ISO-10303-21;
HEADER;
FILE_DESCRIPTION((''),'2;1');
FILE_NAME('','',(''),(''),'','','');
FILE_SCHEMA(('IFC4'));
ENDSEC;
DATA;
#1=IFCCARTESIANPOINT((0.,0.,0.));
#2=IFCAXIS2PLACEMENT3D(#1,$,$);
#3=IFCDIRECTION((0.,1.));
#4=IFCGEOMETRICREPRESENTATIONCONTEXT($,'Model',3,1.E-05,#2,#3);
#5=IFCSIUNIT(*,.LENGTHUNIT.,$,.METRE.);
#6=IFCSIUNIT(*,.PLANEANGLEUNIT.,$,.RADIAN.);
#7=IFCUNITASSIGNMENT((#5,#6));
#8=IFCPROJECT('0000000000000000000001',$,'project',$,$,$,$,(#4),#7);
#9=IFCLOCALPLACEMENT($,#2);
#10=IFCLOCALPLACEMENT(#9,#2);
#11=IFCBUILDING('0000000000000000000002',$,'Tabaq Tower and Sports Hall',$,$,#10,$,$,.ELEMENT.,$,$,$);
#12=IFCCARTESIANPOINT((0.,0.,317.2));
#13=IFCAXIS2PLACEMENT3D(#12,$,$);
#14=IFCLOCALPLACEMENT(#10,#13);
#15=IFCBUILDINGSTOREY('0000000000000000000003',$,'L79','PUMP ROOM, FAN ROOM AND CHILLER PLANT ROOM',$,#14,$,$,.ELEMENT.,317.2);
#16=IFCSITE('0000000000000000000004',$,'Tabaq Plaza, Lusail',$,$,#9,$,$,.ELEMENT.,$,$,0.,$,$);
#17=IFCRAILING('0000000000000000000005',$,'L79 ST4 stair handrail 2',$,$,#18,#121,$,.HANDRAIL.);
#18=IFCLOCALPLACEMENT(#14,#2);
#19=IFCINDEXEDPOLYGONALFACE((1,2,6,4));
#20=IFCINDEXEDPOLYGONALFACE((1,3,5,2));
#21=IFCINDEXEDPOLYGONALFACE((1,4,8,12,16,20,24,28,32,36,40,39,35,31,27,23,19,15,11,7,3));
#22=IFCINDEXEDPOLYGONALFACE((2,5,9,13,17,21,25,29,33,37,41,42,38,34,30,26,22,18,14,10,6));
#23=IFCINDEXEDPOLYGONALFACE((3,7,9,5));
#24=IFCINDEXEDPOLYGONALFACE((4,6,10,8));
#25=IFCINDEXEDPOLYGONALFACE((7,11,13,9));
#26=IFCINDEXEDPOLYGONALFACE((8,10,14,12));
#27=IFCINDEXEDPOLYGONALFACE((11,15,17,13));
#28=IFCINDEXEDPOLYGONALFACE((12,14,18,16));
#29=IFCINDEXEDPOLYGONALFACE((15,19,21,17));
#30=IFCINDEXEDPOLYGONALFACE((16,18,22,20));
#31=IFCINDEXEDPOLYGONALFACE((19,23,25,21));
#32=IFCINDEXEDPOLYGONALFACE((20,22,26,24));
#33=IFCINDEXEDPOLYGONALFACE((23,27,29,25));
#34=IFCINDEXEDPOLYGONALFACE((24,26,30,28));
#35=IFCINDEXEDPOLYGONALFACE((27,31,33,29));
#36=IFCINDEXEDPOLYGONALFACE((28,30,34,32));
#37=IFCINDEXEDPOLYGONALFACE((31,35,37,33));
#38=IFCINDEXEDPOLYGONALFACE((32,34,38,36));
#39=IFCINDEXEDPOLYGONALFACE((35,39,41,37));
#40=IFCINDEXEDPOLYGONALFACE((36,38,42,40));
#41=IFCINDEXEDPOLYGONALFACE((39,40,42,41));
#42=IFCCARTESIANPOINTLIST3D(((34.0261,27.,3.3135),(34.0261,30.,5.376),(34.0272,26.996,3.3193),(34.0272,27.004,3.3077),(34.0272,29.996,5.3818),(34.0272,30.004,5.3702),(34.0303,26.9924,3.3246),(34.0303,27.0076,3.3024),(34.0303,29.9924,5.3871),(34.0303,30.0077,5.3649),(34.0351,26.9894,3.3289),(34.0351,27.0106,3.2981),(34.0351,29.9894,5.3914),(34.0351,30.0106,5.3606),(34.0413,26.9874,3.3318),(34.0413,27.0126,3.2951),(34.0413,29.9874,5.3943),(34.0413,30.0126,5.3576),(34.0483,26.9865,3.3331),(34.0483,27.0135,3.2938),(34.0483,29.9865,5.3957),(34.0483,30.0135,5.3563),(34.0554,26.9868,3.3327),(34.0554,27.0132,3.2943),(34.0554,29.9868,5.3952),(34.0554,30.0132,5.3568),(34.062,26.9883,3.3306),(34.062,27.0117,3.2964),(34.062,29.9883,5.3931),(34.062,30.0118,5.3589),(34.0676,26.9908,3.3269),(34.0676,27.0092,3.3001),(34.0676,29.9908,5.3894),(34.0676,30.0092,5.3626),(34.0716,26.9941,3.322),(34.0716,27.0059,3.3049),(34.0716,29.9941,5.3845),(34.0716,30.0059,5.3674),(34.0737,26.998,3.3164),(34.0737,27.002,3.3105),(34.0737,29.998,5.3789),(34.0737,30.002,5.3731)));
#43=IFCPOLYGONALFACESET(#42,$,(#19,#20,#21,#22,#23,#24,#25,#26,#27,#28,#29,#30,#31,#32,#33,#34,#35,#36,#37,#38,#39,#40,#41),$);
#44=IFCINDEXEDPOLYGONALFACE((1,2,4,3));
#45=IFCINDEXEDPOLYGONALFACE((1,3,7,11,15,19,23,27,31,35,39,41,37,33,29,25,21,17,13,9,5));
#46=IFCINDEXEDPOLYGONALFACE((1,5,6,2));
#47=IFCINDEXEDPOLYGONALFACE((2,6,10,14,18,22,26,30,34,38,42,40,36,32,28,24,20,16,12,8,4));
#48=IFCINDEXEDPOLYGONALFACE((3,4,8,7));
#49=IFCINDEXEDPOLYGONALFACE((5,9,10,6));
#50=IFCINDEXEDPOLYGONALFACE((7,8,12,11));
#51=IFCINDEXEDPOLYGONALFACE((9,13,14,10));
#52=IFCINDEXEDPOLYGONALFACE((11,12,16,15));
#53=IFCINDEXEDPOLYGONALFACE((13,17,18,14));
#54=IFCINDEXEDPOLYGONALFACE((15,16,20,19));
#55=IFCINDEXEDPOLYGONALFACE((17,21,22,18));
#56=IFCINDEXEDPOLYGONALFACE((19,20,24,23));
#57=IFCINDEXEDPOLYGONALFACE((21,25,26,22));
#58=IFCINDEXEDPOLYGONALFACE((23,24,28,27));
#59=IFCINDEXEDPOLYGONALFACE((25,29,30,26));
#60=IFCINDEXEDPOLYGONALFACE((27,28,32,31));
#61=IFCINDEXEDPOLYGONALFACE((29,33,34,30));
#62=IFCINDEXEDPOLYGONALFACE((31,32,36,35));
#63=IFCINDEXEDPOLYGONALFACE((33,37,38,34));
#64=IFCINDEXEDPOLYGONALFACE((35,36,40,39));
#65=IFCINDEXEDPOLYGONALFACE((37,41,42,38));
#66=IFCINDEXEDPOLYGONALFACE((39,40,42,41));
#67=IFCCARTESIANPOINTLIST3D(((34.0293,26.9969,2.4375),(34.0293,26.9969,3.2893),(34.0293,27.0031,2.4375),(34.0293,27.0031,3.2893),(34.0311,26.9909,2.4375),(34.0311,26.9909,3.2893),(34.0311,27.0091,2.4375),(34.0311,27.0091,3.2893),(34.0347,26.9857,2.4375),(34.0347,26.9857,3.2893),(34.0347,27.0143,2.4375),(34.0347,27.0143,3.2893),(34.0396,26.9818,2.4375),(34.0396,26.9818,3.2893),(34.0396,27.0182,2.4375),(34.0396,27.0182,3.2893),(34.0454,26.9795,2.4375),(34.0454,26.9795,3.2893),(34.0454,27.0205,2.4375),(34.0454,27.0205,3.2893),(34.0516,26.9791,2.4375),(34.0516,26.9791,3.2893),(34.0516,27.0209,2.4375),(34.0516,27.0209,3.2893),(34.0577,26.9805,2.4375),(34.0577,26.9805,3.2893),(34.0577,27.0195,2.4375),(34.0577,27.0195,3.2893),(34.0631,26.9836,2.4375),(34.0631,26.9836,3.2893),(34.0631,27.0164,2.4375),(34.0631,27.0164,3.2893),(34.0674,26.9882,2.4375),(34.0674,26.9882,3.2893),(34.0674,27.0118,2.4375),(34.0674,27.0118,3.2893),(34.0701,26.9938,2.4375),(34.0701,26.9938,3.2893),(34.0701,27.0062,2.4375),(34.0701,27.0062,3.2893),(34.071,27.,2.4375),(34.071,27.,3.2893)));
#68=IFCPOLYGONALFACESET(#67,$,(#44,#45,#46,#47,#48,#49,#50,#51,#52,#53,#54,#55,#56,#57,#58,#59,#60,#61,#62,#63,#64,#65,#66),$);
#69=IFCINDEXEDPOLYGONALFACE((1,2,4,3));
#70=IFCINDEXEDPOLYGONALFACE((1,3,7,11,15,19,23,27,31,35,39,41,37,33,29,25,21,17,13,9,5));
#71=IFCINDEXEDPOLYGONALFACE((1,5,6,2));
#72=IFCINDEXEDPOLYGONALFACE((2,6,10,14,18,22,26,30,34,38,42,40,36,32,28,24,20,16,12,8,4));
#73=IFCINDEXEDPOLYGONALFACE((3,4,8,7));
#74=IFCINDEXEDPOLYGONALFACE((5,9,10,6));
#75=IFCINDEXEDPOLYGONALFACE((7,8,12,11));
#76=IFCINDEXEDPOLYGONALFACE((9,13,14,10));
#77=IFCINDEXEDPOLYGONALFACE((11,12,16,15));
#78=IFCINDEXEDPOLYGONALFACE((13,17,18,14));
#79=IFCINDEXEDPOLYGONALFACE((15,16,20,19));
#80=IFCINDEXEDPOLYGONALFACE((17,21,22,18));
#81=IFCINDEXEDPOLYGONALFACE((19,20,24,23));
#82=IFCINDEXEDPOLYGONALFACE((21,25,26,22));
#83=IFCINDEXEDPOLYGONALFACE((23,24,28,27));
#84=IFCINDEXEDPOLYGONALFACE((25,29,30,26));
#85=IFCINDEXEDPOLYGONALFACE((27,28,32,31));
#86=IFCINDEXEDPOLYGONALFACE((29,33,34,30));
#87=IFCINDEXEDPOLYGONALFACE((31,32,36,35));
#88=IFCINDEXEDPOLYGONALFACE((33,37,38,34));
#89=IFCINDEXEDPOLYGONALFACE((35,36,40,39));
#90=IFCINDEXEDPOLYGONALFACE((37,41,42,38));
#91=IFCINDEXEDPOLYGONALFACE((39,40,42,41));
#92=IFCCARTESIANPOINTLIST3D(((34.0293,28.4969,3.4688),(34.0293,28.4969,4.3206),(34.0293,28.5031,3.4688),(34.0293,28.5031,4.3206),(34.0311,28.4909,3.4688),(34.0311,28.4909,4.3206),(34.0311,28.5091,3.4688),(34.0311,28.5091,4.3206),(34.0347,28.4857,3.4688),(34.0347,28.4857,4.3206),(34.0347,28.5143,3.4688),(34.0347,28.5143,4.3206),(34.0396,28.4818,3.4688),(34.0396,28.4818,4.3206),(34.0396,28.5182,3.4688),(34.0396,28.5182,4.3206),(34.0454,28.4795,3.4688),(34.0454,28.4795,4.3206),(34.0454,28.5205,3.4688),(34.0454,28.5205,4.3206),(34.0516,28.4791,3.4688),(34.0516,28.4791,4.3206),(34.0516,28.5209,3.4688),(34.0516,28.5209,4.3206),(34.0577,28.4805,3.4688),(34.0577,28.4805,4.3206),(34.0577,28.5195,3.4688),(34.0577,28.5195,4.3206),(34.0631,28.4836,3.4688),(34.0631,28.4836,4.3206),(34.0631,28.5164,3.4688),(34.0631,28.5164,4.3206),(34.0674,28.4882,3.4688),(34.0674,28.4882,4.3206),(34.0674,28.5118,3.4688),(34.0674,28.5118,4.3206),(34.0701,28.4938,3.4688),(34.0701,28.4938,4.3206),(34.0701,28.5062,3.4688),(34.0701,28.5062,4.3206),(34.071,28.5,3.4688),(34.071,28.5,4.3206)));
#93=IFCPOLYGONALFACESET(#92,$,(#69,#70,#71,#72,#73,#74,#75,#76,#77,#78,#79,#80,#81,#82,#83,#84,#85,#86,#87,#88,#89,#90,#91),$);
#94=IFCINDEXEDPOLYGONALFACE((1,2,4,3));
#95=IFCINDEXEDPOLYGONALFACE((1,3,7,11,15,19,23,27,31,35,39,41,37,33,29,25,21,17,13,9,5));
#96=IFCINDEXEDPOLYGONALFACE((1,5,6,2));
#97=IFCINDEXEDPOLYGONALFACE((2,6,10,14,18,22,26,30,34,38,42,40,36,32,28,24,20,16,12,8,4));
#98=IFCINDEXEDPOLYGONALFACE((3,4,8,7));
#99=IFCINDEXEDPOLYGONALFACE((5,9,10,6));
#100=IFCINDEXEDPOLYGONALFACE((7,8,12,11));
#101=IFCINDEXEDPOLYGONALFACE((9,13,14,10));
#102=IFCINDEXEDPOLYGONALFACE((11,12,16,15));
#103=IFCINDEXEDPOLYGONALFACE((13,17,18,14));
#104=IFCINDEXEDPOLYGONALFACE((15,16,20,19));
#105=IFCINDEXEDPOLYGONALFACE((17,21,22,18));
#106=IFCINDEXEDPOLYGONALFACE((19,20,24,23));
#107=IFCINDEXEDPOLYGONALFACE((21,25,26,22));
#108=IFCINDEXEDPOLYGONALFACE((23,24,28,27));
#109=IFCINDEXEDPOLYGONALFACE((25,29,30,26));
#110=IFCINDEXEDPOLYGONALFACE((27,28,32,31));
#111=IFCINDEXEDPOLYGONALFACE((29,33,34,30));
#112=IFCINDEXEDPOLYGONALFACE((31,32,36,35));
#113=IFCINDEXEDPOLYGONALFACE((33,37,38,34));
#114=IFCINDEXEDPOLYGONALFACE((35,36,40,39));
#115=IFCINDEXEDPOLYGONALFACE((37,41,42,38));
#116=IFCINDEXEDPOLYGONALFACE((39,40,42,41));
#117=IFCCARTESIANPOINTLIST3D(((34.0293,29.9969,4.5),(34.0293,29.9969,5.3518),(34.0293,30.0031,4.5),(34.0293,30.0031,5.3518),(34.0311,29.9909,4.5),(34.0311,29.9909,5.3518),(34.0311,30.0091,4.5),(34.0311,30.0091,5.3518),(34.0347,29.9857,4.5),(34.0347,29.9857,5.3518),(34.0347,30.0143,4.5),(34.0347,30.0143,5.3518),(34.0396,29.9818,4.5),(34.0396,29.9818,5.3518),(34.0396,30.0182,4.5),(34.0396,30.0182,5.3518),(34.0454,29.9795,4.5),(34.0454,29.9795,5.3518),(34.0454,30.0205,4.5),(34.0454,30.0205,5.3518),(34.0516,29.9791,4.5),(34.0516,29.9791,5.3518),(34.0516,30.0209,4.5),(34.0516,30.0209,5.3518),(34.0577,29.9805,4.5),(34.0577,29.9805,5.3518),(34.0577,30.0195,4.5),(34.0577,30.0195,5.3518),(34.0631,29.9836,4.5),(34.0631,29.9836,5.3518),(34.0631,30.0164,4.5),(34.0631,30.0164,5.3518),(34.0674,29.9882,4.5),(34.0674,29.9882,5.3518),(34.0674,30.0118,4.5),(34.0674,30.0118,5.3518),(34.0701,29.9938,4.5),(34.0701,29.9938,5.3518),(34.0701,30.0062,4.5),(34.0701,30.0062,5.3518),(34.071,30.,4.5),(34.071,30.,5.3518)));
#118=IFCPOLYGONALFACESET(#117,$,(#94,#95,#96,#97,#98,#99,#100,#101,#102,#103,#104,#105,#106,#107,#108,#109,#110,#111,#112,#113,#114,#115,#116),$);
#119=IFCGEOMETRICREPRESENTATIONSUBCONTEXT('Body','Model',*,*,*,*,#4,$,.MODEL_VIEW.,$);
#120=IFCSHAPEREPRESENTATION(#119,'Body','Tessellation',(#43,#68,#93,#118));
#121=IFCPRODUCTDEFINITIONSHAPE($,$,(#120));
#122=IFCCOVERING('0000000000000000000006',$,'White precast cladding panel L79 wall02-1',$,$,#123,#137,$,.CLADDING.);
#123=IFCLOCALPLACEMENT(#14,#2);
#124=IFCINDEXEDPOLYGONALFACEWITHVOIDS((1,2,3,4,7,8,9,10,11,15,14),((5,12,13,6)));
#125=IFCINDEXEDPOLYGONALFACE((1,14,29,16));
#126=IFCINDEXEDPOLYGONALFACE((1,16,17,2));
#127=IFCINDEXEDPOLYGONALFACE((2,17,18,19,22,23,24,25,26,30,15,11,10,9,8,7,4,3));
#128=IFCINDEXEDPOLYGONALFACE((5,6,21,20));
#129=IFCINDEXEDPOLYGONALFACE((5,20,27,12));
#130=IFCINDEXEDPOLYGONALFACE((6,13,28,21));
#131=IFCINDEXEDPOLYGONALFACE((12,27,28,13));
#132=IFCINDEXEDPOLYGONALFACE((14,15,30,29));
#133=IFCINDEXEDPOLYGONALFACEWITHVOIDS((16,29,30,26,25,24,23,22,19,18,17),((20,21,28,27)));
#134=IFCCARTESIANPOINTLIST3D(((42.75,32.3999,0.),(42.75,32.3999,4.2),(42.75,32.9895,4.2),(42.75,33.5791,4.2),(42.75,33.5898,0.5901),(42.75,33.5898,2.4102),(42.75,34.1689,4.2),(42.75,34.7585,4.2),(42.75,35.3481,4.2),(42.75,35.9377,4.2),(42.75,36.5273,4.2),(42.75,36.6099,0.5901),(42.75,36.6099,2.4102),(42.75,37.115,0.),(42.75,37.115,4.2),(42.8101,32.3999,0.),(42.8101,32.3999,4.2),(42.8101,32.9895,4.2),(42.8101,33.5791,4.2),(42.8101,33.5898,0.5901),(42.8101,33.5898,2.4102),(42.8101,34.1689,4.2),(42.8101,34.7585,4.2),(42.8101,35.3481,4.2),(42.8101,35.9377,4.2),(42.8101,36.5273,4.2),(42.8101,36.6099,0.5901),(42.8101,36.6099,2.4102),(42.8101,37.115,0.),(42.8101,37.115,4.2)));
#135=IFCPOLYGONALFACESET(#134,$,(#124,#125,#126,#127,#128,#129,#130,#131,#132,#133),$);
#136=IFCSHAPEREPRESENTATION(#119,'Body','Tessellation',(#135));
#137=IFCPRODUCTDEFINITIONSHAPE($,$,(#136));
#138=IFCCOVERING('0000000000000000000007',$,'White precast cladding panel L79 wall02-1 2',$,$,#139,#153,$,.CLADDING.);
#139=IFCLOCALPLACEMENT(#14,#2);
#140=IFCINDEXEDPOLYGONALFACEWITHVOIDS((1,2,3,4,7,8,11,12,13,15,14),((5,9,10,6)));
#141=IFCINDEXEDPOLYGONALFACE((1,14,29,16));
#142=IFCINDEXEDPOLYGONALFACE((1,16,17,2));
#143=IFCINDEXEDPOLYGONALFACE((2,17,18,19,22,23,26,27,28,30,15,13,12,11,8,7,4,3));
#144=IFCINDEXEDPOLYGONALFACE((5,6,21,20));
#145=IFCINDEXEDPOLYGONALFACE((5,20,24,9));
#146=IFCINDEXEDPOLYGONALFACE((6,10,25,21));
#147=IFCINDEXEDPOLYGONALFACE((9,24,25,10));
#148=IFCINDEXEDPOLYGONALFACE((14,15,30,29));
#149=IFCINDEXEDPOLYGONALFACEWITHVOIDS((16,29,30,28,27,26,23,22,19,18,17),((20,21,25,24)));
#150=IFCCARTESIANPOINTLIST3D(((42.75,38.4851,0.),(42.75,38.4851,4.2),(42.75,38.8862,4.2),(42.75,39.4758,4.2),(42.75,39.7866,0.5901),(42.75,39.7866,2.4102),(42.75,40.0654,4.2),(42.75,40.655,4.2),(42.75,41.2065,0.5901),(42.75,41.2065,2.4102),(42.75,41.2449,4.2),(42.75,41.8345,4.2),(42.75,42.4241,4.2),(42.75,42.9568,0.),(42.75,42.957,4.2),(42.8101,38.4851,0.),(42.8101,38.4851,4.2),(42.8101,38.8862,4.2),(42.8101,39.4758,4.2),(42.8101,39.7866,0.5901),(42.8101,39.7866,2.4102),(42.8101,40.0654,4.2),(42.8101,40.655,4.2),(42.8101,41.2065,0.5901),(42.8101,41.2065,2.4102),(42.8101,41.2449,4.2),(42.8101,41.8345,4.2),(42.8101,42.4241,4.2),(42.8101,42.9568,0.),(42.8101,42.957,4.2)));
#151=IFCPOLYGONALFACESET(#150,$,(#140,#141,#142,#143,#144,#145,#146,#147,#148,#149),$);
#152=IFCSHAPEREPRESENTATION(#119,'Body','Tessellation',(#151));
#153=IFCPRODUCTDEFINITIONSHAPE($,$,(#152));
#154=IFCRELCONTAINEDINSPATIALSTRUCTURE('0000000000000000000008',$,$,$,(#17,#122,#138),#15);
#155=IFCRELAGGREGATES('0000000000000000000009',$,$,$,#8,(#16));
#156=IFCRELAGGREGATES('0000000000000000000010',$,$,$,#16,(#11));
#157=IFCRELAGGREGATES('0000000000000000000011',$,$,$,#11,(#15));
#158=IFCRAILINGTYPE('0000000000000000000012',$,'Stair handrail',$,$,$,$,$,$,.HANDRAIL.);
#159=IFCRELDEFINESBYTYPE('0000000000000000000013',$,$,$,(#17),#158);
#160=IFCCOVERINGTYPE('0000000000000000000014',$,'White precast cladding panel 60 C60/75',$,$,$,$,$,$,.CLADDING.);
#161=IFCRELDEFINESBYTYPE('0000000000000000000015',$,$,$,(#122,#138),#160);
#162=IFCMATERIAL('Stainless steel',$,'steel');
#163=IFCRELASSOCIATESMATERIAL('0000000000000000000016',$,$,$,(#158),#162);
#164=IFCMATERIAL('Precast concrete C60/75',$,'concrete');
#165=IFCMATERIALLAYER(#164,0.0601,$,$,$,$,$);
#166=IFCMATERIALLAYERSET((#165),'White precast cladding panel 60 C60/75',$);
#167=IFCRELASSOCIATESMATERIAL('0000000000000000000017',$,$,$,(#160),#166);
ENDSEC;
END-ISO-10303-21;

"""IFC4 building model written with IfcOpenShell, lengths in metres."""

from ifc_helpers import new_model, si_unit, direction, frame, origin, origin_2d, place, context, subcontext, project, spatial, polyline, circle, outline, extrude, material, layer, layer_set, type_object, element, save


model = new_model("IFC4")

# Units and contexts
model_context = context("Model", 3, precision=1e-05, world=origin(), true_north=direction((0.0, 1.0)))
body_context = subcontext(model_context, "Body", "Model", "MODEL_VIEW")
ifc_project = project(units=[si_unit("LENGTHUNIT", "METRE"), si_unit("PLANEANGLEUNIT", "RADIAN")], contexts=[model_context])

# Site, building, storey
site_placement = place(None, origin())
site = spatial("IfcSite", under=ifc_project, at=site_placement, Name="Tabaq Plaza, Lusail", CompositionType="ELEMENT", RefElevation=0.0)
building_placement = place(site_placement, origin())
building = spatial("IfcBuilding", under=site, at=building_placement, Name="Tabaq Tower and Sports Hall", CompositionType="ELEMENT")
storey_placement = place(building_placement, frame((0.0, 0.0, 317.2)))
storey = spatial("IfcBuildingStorey", under=building, at=storey_placement, Name="L79", Description="PUMP ROOM, FAN ROOM AND CHILLER PLANT ROOM", CompositionType="ELEMENT", Elevation=317.2)

# Railing
ifc_material_1 = material(Name="Stainless steel", Category="steel")
railing_type_1 = type_object("IfcRailingType", Name="Stair handrail", PredefinedType="HANDRAIL", material=ifc_material_1)
railing_1_placement = place(storey_placement, frame((34.05, 27.0, 2.4375)))
element("IfcRailing", 1, at=railing_1_placement, inside=storey, type_object=railing_type_1, Name="L79 ST4 stair handrail 2", PredefinedType="HANDRAIL", context=body_context, shape_type="SweptSolid", body=[
    extrude(circle(Radius=0.0239, at=origin_2d()), frame((0.0, 0.0, 0.876), z_axis=(0.0, 0.824042, 0.566529), x_axis=(-1.0, 0.0, 0.0)), (0.0, 0.0, 1.0), 3.6406),
    extrude(circle(Radius=0.021, at=origin_2d()), origin(), (0.0, 0.0, 1.0), 0.8518),
    extrude(circle(Radius=0.021, at=origin_2d()), frame((0.0, 1.5, 1.0312)), (0.0, 0.0, 1.0), 0.8518),
    extrude(circle(Radius=0.021, at=origin_2d()), frame((0.0, 3.0, 2.0625)), (0.0, 0.0, 1.0), 0.8518),
])

# Coverings
ifc_material_2 = material(Name="Precast concrete C60/75", Category="concrete")
ifc_layer_1 = layer(ifc_material_2, 0.0601)
ifc_layer_set_1 = layer_set([ifc_layer_1], Name="White precast cladding panel 60 C60/75")
covering_type = type_object("IfcCoveringType", Name="White precast cladding panel 60 C60/75", PredefinedType="CLADDING", material=ifc_layer_set_1)
covering_1_placement = place(storey_placement, frame((42.78, 32.3999, 0.0), z_axis=(0.0, 0.0, 1.0), x_axis=(0.0, 1.0, 0.0)))
element("IfcCovering", 2, at=covering_1_placement, inside=storey, type_object=covering_type, Name="White precast cladding panel L79 wall02-1", PredefinedType="CLADDING", context=body_context, shape_type="SweptSolid", body=[
    extrude(outline(polyline([(0.0, 0.0), (4.7151, 0.0), (4.7151, 4.2), (4.1274, 4.2), (3.5378, 4.2), (2.9482, 4.2), (2.3586, 4.2), (1.769, 4.2), (1.1792, 4.2), (0.5896, 4.2), (0.0, 4.2), (0.0, 0.0)]), holes=[polyline([(1.1899, 0.5901), (1.1899, 2.4102), (4.21, 2.4102), (4.21, 0.5901), (1.1899, 0.5901)])]), frame((0.0, 0.03, 0.0), z_axis=(0.0, -1.0, 0.0), x_axis=(1.0, 0.0, 0.0)), (0.0, 0.0, 1.0), 0.0601),
])
covering_2_placement = place(storey_placement, frame((42.78, 38.4851, 0.0), z_axis=(0.0, 0.0, 1.0), x_axis=(0.0, 1.0, 0.0)))
element("IfcCovering", 3, at=covering_2_placement, inside=storey, type_object=covering_type, Name="White precast cladding panel L79 wall02-1 2", PredefinedType="CLADDING", context=body_context, shape_type="SweptSolid", body=[
    extrude(outline(polyline([(0.0, 0.0), (4.4717, 0.0), (4.4719, 4.2), (3.939, 4.2), (3.3494, 4.2), (2.7598, 4.2), (2.1699, 4.2), (1.5803, 4.2), (0.9907, 4.2), (0.4011, 4.2), (0.0, 4.2), (0.0, 0.0)]), holes=[polyline([(1.3015, 0.5901), (1.3015, 2.4102), (2.7214, 2.4102), (2.7214, 0.5901), (1.3015, 0.5901)])]), frame((0.0, 0.03, 0.0), z_axis=(0.0, -1.0, 0.0), x_axis=(1.0, 0.0, 0.0)), (0.0, 0.0, 1.0), 0.0601),
])

save(model, "model.ifc")
